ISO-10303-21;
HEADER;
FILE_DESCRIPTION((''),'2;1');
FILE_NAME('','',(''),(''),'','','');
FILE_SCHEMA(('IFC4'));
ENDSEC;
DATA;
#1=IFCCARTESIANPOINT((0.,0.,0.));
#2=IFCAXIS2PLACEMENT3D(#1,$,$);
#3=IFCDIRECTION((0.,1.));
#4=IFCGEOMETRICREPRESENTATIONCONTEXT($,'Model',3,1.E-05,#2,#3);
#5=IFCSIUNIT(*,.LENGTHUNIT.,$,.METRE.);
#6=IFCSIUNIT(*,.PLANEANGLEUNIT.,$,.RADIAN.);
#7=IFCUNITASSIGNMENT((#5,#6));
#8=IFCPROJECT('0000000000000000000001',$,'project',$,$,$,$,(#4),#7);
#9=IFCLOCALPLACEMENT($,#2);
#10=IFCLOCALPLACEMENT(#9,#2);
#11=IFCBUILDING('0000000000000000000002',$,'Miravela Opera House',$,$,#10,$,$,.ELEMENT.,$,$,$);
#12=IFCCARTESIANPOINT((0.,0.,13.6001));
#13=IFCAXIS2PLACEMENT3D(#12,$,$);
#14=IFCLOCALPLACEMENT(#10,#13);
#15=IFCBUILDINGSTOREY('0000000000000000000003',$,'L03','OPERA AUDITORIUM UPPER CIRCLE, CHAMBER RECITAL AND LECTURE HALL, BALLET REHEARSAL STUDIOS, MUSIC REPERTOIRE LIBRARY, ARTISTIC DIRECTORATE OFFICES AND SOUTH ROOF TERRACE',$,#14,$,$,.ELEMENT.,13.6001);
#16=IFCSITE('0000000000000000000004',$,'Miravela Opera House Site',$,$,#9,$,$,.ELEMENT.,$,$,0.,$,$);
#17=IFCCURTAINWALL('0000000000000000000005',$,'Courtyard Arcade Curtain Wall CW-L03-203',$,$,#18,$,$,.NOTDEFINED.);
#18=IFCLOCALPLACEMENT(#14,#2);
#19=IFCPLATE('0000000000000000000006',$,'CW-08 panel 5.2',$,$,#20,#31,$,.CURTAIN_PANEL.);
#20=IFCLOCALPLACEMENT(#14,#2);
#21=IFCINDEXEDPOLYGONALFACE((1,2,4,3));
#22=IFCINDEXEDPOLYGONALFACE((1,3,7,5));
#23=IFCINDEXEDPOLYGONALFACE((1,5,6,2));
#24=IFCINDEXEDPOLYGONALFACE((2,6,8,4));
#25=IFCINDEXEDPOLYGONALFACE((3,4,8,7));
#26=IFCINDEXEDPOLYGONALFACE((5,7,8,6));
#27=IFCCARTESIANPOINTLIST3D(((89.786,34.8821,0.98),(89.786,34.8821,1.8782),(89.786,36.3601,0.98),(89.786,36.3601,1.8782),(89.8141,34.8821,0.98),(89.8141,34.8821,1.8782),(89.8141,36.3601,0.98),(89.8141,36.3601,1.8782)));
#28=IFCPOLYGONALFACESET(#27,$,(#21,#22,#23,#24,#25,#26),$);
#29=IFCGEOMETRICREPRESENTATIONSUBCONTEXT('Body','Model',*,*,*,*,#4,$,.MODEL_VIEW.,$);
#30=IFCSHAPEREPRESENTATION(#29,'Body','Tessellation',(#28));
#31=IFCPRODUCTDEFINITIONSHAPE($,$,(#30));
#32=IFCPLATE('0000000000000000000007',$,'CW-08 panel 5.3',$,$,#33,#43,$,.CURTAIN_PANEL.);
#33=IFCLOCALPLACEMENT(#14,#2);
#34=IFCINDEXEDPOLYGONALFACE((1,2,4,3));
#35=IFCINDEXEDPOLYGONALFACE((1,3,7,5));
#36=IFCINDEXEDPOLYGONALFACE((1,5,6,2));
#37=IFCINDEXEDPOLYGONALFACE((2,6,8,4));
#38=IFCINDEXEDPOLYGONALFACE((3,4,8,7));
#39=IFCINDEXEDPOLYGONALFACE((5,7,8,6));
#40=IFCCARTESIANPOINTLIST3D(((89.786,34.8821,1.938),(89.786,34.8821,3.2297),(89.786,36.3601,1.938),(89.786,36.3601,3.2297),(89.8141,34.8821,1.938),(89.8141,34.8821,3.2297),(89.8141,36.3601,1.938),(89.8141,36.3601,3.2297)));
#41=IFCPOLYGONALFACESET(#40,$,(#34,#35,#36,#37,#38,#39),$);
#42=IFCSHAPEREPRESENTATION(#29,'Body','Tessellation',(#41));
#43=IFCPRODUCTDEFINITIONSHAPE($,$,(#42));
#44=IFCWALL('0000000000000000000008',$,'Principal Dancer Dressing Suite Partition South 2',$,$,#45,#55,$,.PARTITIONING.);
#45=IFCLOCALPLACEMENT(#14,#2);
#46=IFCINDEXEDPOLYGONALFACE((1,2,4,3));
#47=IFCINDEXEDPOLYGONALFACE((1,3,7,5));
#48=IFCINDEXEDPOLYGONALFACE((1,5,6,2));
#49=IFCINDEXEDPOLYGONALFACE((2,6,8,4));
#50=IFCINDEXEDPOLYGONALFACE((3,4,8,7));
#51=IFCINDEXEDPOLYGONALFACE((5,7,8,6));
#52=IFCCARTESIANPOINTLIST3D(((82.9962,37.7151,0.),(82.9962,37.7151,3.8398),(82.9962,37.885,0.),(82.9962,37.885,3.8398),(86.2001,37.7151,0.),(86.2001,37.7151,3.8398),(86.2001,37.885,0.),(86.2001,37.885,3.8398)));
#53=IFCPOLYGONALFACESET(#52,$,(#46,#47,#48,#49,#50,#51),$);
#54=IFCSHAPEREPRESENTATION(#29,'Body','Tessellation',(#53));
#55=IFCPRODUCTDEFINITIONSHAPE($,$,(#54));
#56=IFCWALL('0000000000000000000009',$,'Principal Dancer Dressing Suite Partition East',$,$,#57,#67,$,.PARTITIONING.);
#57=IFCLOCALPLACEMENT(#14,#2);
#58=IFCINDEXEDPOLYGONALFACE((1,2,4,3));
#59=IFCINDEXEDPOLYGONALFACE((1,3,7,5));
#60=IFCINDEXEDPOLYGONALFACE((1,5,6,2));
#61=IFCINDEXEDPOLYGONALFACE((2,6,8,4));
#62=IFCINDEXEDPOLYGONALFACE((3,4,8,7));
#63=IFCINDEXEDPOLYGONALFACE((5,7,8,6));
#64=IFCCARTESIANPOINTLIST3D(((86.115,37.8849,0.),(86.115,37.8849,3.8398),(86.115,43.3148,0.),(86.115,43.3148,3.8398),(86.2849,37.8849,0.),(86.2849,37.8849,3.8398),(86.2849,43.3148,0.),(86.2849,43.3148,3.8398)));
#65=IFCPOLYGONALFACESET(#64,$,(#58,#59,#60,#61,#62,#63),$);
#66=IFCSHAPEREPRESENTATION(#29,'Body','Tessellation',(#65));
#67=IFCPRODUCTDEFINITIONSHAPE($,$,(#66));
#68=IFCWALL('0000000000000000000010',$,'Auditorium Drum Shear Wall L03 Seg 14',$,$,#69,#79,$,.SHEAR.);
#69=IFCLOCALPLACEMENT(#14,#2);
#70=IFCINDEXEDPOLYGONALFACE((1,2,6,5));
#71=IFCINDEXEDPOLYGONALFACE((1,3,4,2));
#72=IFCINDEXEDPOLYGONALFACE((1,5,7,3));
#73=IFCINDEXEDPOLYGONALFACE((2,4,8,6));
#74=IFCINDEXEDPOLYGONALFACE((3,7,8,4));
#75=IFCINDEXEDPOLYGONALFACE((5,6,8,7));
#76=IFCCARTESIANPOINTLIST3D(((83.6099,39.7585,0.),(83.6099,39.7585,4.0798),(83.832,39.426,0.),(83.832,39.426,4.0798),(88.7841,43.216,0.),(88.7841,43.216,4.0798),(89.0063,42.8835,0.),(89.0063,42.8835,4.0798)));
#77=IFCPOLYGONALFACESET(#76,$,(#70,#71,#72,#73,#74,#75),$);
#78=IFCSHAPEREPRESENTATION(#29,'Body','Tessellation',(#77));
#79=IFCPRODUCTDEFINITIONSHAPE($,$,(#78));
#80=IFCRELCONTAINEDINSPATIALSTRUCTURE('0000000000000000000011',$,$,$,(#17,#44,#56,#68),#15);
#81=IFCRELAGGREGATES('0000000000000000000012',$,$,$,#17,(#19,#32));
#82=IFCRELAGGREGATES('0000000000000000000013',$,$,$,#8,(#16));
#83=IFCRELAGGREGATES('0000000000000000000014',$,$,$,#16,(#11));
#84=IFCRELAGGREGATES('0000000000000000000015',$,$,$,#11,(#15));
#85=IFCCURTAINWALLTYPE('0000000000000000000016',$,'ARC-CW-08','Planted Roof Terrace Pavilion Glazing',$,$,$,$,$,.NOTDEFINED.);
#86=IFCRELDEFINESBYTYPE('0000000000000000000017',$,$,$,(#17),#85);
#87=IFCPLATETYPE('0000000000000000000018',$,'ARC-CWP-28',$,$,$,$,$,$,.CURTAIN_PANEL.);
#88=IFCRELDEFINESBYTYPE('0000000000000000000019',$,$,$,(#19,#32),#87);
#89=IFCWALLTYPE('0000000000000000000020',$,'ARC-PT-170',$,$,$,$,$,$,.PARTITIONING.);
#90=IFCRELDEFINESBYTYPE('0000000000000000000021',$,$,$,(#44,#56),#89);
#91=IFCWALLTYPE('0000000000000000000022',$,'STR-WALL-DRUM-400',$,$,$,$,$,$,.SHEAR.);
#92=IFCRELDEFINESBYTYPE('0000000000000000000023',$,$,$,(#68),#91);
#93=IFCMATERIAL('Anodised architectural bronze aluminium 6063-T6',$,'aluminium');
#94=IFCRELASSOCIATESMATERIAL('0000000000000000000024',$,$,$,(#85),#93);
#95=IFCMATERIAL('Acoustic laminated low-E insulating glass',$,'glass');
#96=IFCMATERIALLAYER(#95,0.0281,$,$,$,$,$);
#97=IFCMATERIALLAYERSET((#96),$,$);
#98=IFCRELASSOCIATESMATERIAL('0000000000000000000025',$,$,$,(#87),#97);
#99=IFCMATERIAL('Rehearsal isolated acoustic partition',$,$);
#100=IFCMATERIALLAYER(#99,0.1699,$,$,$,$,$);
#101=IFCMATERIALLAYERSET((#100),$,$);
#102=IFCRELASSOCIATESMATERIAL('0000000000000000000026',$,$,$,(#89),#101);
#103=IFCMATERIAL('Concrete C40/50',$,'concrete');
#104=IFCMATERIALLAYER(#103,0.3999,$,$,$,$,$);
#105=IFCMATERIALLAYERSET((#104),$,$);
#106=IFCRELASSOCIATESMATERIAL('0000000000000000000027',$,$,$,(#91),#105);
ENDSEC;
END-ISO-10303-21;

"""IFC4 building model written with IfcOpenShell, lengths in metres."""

from ifc_helpers import new_model, si_unit, direction, frame, frame_2d, origin, origin_2d, place, context, subcontext, project, spatial, rectangle, extrude, material, layer, layer_set, type_object, element, aggregate, save


model = new_model("IFC4")

# Units and contexts
model_context = context("Model", 3, precision=1e-05, world=origin(), true_north=direction((0.0, 1.0)))
body_context = subcontext(model_context, "Body", "Model", "MODEL_VIEW")
ifc_project = project(units=[si_unit("LENGTHUNIT", "METRE"), si_unit("PLANEANGLEUNIT", "RADIAN")], contexts=[model_context])

# Site, building, storey
site_placement = place(None, origin())
site = spatial("IfcSite", under=ifc_project, at=site_placement, Name="Miravela Opera House Site", CompositionType="ELEMENT", RefElevation=0.0)
building_placement = place(site_placement, origin())
building = spatial("IfcBuilding", under=site, at=building_placement, Name="Miravela Opera House", CompositionType="ELEMENT")
storey_placement = place(building_placement, frame((0.0, 0.0, 13.6001)))
storey = spatial("IfcBuildingStorey", under=building, at=storey_placement, Name="L03", Description="OPERA AUDITORIUM UPPER CIRCLE, CHAMBER RECITAL AND LECTURE HALL, BALLET REHEARSAL STUDIOS, MUSIC REPERTOIRE LIBRARY, ARTISTIC DIRECTORATE OFFICES AND SOUTH ROOF TERRACE", CompositionType="ELEMENT", Elevation=13.6001)

# Curtain wall, plates
ifc_material_1 = material(Name="Anodised architectural bronze aluminium 6063-T6", Category="aluminium")
curtain_wall_type = type_object("IfcCurtainWallType", Name="ARC-CW-08", Description="Planted Roof Terrace Pavilion Glazing", PredefinedType="NOTDEFINED", material=ifc_material_1)
curtain_wall_placement = place(storey_placement, origin())
curtain_wall = element("IfcCurtainWall", 1, at=curtain_wall_placement, inside=storey, type_object=curtain_wall_type, Name="Courtyard Arcade Curtain Wall CW-L03-203", PredefinedType="NOTDEFINED")
ifc_material_2 = material(Name="Acoustic laminated low-E insulating glass", Category="glass")
ifc_layer_1 = layer(ifc_material_2, 0.0281)
ifc_layer_set_1 = layer_set([ifc_layer_1])
plate_type = type_object("IfcPlateType", Name="ARC-CWP-28", PredefinedType="CURTAIN_PANEL", material=ifc_layer_set_1)
plate_1_placement = place(storey_placement, frame((89.8, 35.6211, 0.98), z_axis=(0.0, 0.0, 1.0), x_axis=(0.0, 1.0, 0.0)))
plate_1 = element("IfcPlate", 2, at=plate_1_placement, type_object=plate_type, Name="CW-08 panel 5.2", PredefinedType="CURTAIN_PANEL", context=body_context, shape_type="SweptSolid", body=[
    extrude(rectangle(XDim=1.478, YDim=0.0281, at=origin_2d()), origin(), (0.0, 0.0, 1.0), 0.8982),
])
plate_2_placement = place(storey_placement, frame((89.8, 35.6211, 1.938), z_axis=(0.0, 0.0, 1.0), x_axis=(0.0, 1.0, 0.0)))
plate_2 = element("IfcPlate", 3, at=plate_2_placement, type_object=plate_type, Name="CW-08 panel 5.3", PredefinedType="CURTAIN_PANEL", context=body_context, shape_type="SweptSolid", body=[
    extrude(rectangle(XDim=1.478, YDim=0.0281, at=origin_2d()), origin(), (0.0, 0.0, 1.0), 1.2917),
])
aggregate(curtain_wall, [plate_1, plate_2])

# Walls
ifc_material_3 = material(Name="Rehearsal isolated acoustic partition")
ifc_layer_2 = layer(ifc_material_3, 0.1699)
ifc_layer_set_2 = layer_set([ifc_layer_2])
wall_type_1 = type_object("IfcWallType", Name="ARC-PT-170", PredefinedType="PARTITIONING", material=ifc_layer_set_2)
wall_1_placement = place(storey_placement, frame((82.9961, 37.8, 0.0), z_axis=(0.0, 0.0, 1.0), x_axis=(1.0, 0.0, 0.0)))
element("IfcWall", 4, at=wall_1_placement, inside=storey, type_object=wall_type_1, Name="Principal Dancer Dressing Suite Partition South 2", PredefinedType="PARTITIONING", context=body_context, shape_type="SweptSolid", body=[
    extrude(rectangle(XDim=3.2039, YDim=0.1699, at=frame_2d((1.6021, 0.0))), origin(), (0.0, 0.0, 1.0), 3.8398),
])
wall_2_placement = place(storey_placement, frame((86.2, 37.885, 0.0), z_axis=(0.0, 0.0, 1.0), x_axis=(0.0, 1.0, 0.0)))
element("IfcWall", 5, at=wall_2_placement, inside=storey, type_object=wall_type_1, Name="Principal Dancer Dressing Suite Partition East", PredefinedType="PARTITIONING", context=body_context, shape_type="SweptSolid", body=[
    extrude(rectangle(XDim=5.4299, YDim=0.1699, at=frame_2d((2.7148, 0.0))), origin(), (0.0, 0.0, 1.0), 3.8398),
])
ifc_material_4 = material(Name="Concrete C40/50", Category="concrete")
ifc_layer_3 = layer(ifc_material_4, 0.3999)
ifc_layer_set_3 = layer_set([ifc_layer_3])
wall_type_2 = type_object("IfcWallType", Name="STR-WALL-DRUM-400", PredefinedType="SHEAR", material=ifc_layer_set_3)
wall_3_placement = place(storey_placement, frame((83.7209, 39.5923, 0.0), z_axis=(0.0, 0.0, 1.0), x_axis=(0.831458, 0.555587, 0.0)))
element("IfcWall", 6, at=wall_3_placement, inside=storey, type_object=wall_type_2, Name="Auditorium Drum Shear Wall L03 Seg 14", PredefinedType="SHEAR", context=body_context, shape_type="SweptSolid", body=[
    extrude(rectangle(XDim=6.2231, YDim=0.3999, at=frame_2d((3.1116, 0.0))), origin(), (0.0, 0.0, 1.0), 4.0798),
])

save(model, "model.ifc")
